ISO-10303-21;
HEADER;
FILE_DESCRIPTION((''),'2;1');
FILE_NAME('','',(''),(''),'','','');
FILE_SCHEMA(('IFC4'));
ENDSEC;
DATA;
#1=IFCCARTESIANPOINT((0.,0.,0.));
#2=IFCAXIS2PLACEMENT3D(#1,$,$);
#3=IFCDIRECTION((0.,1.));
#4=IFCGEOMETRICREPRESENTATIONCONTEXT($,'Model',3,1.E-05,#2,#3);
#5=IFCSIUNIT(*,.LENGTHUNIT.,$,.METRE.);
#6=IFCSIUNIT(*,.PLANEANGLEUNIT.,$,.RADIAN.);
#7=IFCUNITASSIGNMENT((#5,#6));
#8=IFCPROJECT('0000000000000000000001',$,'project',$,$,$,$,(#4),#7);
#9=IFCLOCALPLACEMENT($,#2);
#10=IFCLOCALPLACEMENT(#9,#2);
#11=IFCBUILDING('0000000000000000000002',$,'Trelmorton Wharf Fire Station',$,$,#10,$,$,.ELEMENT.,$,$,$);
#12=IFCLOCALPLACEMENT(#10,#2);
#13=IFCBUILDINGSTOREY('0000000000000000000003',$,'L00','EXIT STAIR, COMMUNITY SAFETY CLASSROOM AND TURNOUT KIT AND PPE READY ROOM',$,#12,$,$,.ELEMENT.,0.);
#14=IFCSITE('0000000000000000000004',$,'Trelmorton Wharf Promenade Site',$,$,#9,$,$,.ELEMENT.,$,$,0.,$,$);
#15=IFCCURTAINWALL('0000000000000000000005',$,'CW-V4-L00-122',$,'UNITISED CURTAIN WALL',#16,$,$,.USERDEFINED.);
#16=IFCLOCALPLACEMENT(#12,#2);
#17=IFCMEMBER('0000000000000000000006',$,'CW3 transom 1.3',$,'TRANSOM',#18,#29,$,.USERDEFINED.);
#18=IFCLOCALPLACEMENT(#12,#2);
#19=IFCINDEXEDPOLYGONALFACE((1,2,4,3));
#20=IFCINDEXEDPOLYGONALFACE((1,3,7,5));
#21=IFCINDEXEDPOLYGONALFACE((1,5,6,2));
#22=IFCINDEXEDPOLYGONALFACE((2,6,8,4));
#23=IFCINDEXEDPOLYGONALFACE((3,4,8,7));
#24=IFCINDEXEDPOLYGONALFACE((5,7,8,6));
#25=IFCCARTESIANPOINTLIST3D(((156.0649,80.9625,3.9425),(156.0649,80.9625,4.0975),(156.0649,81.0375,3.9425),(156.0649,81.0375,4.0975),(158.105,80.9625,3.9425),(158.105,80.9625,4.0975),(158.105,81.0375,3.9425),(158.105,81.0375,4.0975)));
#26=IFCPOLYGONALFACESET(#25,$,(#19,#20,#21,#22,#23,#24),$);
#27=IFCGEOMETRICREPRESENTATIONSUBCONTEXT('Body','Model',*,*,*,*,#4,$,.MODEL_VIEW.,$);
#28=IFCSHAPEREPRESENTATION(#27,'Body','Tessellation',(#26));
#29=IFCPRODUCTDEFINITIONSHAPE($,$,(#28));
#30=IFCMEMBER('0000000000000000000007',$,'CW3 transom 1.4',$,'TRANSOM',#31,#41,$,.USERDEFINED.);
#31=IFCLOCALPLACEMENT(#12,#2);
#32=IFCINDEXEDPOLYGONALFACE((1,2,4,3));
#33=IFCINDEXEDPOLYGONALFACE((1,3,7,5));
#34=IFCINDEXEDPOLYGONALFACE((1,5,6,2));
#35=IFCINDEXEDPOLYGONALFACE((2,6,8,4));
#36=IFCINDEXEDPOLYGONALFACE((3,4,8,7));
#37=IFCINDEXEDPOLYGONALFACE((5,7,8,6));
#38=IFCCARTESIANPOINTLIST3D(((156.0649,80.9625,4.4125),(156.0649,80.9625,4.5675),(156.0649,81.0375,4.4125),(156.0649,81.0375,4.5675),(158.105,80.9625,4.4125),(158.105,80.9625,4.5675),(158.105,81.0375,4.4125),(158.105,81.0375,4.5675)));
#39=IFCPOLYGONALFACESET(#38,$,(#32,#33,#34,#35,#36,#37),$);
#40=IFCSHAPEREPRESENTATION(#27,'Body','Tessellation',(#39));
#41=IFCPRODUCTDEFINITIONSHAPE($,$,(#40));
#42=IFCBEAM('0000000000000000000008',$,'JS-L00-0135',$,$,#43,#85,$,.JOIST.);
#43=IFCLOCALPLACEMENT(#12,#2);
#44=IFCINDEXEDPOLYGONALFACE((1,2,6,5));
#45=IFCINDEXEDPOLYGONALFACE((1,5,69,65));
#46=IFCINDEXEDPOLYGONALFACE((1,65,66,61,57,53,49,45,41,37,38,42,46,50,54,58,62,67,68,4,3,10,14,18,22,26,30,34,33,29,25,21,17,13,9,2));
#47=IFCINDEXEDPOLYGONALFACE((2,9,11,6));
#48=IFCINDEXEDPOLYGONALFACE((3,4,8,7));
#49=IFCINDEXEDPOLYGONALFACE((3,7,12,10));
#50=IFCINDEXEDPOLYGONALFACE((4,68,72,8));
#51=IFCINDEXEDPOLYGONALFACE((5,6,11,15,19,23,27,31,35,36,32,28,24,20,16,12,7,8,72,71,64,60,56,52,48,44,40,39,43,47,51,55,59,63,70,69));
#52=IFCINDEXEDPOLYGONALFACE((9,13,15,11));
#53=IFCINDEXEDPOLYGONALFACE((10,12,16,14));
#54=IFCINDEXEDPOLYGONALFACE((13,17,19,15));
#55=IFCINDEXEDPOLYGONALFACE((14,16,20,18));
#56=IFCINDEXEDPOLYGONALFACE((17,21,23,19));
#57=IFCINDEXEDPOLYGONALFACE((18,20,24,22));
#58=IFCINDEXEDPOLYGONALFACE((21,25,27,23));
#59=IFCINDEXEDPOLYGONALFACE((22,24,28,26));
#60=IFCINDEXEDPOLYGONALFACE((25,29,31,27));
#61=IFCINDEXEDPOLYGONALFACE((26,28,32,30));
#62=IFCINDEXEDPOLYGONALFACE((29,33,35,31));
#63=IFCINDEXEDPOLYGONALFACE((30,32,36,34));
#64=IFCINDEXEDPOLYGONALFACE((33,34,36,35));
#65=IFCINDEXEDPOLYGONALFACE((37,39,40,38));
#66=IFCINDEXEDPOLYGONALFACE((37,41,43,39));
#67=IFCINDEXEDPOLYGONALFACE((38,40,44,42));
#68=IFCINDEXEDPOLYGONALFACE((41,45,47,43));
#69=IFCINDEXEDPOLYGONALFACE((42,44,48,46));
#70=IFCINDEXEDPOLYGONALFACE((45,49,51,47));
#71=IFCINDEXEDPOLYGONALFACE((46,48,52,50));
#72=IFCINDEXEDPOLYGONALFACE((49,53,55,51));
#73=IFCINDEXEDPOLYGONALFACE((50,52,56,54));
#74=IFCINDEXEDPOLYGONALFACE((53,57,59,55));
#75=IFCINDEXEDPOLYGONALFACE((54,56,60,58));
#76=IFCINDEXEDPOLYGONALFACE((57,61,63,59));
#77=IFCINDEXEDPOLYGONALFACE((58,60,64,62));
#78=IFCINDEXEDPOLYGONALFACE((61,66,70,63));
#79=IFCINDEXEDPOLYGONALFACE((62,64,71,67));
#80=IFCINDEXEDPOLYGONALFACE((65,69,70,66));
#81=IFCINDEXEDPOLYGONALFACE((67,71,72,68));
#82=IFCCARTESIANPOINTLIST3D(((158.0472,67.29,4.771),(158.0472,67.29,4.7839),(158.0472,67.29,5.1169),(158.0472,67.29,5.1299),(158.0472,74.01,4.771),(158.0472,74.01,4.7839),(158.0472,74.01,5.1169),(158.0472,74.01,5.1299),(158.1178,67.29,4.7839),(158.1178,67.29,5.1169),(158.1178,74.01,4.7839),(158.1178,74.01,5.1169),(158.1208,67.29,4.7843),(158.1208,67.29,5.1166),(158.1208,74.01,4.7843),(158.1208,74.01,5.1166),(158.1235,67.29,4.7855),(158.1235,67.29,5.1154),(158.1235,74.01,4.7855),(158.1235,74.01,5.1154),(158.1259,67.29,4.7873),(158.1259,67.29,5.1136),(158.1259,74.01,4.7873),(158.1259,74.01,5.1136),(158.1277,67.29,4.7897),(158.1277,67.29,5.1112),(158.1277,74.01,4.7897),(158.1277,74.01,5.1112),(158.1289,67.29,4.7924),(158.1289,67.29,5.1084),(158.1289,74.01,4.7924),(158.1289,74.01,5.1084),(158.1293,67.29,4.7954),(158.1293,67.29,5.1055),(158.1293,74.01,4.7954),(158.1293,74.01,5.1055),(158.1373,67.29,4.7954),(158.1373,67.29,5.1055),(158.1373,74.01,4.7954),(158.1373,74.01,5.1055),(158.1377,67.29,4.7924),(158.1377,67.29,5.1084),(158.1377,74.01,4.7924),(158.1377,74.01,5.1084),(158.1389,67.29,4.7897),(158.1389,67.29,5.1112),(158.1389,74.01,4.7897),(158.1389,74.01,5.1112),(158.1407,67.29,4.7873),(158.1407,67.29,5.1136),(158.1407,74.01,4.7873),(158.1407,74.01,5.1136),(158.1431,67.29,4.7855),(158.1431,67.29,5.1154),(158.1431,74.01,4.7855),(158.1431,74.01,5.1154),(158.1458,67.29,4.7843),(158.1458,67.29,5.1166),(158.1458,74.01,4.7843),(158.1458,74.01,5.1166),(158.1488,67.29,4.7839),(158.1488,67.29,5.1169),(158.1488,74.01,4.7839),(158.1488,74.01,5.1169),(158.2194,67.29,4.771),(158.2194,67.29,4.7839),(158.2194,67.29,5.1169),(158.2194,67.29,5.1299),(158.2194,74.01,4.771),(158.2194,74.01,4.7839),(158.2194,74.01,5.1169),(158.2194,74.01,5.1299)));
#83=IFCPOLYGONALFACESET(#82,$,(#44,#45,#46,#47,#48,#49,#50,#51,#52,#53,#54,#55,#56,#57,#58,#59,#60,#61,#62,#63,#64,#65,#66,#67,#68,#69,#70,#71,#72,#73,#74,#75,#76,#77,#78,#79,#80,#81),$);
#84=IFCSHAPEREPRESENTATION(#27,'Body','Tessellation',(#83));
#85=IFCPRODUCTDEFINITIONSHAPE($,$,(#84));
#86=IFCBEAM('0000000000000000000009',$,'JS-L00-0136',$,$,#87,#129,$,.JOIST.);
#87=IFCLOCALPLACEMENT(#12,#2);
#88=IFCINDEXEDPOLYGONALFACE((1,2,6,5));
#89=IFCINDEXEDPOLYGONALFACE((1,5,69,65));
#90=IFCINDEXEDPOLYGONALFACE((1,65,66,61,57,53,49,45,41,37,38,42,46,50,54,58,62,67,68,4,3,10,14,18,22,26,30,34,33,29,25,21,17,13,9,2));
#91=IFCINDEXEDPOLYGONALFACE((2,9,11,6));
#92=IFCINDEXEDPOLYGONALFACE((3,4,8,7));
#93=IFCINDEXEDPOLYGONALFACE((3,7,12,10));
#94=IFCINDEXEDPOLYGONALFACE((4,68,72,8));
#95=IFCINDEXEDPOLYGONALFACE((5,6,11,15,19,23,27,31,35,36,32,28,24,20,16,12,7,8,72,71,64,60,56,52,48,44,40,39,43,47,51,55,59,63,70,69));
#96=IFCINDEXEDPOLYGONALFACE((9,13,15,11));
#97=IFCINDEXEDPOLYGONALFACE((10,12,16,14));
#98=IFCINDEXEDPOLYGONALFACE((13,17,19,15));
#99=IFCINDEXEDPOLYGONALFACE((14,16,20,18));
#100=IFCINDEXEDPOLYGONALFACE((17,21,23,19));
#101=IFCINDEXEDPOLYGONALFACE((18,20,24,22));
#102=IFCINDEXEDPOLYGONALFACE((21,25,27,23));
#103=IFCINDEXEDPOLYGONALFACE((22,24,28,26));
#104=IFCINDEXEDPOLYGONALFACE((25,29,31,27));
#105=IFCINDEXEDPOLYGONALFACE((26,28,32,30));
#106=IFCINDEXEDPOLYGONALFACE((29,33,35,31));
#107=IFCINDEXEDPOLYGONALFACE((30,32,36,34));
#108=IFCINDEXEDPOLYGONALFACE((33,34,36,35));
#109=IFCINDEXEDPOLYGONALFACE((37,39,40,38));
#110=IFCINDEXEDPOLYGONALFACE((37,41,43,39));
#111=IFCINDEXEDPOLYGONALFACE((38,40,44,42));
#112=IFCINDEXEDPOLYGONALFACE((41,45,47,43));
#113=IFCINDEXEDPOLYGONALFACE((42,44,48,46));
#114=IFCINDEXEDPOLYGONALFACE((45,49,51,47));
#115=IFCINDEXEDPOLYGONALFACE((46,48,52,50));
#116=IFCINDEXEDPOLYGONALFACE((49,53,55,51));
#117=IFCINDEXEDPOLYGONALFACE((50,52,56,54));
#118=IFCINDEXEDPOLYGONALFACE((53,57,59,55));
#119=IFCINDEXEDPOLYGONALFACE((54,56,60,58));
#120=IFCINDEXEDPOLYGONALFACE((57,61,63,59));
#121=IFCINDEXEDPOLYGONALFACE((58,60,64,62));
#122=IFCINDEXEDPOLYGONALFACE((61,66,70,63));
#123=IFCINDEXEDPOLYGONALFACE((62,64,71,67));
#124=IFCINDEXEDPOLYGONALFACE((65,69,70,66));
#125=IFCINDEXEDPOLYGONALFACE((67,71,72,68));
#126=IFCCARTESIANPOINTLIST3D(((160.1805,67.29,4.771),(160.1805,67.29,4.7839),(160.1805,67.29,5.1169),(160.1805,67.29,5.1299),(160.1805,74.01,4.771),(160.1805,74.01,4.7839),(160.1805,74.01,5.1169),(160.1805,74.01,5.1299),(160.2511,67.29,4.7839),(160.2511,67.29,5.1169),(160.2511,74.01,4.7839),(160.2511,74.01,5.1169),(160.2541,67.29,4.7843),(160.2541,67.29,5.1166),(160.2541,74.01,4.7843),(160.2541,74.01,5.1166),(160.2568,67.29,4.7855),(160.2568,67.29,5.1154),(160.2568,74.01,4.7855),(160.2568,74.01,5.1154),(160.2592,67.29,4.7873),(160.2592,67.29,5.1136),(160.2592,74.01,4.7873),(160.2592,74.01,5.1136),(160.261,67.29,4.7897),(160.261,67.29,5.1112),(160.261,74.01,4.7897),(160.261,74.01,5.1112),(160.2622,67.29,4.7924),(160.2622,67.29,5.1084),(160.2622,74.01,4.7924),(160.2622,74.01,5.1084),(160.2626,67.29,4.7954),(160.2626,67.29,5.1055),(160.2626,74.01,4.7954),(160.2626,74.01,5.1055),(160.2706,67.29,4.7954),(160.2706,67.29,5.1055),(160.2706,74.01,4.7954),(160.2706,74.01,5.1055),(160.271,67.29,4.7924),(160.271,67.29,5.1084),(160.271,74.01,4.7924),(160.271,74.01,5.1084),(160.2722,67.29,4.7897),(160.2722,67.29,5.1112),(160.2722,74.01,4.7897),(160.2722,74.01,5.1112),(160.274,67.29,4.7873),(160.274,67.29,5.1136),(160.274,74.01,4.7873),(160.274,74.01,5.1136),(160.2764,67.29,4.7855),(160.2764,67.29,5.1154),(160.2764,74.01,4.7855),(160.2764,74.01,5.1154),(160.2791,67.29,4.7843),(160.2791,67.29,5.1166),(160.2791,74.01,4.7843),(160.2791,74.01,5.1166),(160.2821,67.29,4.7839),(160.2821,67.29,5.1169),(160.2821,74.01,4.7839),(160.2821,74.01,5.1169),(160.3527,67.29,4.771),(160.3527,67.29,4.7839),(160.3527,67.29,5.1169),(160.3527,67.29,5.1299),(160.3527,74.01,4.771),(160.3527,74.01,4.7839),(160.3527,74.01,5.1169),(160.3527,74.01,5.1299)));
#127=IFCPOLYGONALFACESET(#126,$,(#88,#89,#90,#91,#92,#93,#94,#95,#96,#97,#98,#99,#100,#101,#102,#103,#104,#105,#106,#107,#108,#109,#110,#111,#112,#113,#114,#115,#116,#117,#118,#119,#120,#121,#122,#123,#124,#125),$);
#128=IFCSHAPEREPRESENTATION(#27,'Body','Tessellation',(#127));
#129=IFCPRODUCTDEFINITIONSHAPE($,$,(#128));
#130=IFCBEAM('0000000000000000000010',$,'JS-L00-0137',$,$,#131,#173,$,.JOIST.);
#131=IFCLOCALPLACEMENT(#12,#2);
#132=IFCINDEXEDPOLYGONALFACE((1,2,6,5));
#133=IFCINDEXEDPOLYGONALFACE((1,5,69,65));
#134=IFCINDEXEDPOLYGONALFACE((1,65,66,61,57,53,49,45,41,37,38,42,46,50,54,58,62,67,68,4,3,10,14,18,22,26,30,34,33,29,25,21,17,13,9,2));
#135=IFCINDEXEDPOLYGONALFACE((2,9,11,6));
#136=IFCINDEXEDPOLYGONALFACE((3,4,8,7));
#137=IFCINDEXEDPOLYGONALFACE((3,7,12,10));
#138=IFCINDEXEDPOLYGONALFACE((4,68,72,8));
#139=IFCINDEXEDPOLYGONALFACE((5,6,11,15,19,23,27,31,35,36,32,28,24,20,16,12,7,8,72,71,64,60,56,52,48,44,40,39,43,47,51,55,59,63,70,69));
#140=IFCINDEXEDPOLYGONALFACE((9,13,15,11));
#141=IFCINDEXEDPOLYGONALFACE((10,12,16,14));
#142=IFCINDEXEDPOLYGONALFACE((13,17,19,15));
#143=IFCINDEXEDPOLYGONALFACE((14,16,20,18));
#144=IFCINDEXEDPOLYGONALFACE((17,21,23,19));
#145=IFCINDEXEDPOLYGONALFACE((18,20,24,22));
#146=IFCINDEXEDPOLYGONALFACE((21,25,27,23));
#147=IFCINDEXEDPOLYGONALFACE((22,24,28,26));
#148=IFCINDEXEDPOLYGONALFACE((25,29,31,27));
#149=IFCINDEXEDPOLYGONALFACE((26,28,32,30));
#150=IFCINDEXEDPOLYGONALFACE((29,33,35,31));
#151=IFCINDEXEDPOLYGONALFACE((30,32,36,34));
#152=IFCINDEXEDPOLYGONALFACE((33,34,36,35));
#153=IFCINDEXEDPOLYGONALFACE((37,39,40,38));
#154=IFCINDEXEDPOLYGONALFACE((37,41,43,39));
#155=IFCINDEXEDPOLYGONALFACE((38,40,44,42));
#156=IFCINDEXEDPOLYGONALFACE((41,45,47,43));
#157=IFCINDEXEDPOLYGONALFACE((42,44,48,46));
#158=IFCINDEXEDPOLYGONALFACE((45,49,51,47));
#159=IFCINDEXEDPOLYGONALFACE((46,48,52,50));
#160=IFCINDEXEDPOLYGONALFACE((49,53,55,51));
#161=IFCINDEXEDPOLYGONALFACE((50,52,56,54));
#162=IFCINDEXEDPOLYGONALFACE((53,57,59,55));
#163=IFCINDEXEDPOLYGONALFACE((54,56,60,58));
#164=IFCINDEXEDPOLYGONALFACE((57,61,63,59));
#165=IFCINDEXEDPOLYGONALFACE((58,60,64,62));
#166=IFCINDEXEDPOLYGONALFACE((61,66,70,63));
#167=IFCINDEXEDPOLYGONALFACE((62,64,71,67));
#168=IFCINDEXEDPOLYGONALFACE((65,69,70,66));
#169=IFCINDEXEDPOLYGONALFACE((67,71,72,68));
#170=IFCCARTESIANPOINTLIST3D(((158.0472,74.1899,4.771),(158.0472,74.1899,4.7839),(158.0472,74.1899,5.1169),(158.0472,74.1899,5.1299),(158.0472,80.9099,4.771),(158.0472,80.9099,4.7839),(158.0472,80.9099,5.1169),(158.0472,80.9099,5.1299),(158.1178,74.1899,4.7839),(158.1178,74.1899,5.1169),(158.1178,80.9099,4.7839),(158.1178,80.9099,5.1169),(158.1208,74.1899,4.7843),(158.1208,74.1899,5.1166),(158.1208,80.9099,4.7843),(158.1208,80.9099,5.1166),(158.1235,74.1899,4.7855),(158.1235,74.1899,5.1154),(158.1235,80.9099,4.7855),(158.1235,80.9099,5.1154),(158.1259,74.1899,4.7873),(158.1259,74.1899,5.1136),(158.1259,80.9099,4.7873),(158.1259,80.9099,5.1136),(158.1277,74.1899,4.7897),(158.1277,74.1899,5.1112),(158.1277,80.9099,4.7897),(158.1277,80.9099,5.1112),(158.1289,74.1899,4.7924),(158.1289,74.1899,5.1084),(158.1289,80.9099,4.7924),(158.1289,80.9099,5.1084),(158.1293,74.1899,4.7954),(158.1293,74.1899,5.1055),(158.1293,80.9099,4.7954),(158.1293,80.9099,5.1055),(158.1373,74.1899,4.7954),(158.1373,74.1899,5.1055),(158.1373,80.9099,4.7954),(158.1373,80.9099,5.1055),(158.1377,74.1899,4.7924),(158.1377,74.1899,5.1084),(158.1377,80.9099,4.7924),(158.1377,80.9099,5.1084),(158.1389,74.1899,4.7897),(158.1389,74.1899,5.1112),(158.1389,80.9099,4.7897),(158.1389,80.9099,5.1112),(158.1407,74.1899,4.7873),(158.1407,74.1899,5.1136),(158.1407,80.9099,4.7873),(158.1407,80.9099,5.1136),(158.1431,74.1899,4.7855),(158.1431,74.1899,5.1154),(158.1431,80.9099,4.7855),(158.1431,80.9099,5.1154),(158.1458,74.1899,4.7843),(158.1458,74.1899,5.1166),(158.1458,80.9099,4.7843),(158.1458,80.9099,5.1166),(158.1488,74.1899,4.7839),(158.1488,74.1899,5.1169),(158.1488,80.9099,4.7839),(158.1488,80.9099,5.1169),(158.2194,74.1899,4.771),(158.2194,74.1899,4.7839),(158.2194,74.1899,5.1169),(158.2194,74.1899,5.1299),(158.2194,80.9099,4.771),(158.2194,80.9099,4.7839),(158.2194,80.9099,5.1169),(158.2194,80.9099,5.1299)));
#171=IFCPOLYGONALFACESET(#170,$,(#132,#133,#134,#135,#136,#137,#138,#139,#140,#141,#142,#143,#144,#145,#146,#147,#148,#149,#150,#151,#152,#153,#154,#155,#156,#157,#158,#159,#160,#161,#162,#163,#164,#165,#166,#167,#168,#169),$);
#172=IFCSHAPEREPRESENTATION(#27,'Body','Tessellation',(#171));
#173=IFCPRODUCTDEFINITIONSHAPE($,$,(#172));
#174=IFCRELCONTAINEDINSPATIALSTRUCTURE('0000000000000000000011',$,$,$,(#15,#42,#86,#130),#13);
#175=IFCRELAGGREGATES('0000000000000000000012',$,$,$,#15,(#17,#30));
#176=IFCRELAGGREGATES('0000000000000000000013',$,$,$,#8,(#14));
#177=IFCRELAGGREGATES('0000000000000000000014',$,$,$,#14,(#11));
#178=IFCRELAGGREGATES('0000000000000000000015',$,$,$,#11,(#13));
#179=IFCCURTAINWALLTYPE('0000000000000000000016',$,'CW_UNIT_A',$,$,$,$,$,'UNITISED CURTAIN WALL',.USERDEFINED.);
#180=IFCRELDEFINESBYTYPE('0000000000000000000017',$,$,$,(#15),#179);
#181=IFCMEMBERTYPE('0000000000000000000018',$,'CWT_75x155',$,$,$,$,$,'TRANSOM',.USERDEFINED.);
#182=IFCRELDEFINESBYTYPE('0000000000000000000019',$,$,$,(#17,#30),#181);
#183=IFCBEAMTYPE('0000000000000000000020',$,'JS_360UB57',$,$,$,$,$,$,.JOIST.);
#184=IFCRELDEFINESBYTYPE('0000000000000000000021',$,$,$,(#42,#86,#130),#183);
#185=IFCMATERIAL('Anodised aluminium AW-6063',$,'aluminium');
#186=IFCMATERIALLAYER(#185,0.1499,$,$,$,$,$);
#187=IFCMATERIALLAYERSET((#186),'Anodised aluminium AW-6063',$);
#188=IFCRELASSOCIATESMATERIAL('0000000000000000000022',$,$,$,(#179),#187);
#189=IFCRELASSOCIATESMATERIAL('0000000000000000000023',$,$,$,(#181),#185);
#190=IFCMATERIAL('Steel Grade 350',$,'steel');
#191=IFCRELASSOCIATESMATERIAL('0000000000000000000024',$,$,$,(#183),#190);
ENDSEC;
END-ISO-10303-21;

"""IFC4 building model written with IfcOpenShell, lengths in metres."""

from ifc_helpers import new_model, si_unit, direction, frame, origin, origin_2d, place, context, subcontext, project, spatial, rectangle, i_section, extrude, material, layer, layer_set, material_profile, profile_set, type_object, element, aggregate, save


model = new_model("IFC4")

# Units and contexts
model_context = context("Model", 3, precision=1e-05, world=origin(), true_north=direction((0.0, 1.0)))
body_context = subcontext(model_context, "Body", "Model", "MODEL_VIEW")
ifc_project = project(units=[si_unit("LENGTHUNIT", "METRE"), si_unit("PLANEANGLEUNIT", "RADIAN")], contexts=[model_context])

# Site, building, storey
site_placement = place(None, origin())
site = spatial("IfcSite", under=ifc_project, at=site_placement, Name="Trelmorton Wharf Promenade Site", CompositionType="ELEMENT", RefElevation=0.0)
building_placement = place(site_placement, origin())
building = spatial("IfcBuilding", under=site, at=building_placement, Name="Trelmorton Wharf Fire Station", CompositionType="ELEMENT")
storey_placement = place(building_placement, origin())
storey = spatial("IfcBuildingStorey", under=building, at=storey_placement, Name="L00", Description="EXIT STAIR, COMMUNITY SAFETY CLASSROOM AND TURNOUT KIT AND PPE READY ROOM", CompositionType="ELEMENT", Elevation=0.0)

# Shared definitions
ifc_material_1 = material(Name="Steel Grade 350", Category="steel")

# Curtain wall, members
ifc_material_2 = material(Name="Anodised aluminium AW-6063", Category="aluminium")
ifc_layer_1 = layer(ifc_material_2, 0.1499)
ifc_layer_set_1 = layer_set([ifc_layer_1], Name="Anodised aluminium AW-6063")
curtain_wall_type = type_object("IfcCurtainWallType", Name="CW_UNIT_A", ElementType="UNITISED CURTAIN WALL", PredefinedType="USERDEFINED", material=ifc_layer_set_1)
curtain_wall_placement = place(storey_placement, origin())
curtain_wall = element("IfcCurtainWall", 1, at=curtain_wall_placement, inside=storey, type_object=curtain_wall_type, Name="CW-V4-L00-122", ObjectType="UNITISED CURTAIN WALL", PredefinedType="USERDEFINED")
ifc_material_profile_1 = material_profile(ifc_material_2, rectangle(XDim=0.075, YDim=0.155, at=origin_2d()), Name="ALU-75x155")
ifc_profile_set_1 = profile_set([ifc_material_profile_1], Name="Anodised aluminium AW-6063")
member_type = type_object("IfcMemberType", Name="CWT_75x155", ElementType="TRANSOM", PredefinedType="USERDEFINED", material=ifc_profile_set_1)
member_1_placement = place(storey_placement, frame((156.0649, 81.0, 4.02), z_axis=(1.0, 0.0, 0.0), x_axis=(0.0, 1.0, 0.0)))
member_1 = element("IfcMember", 2, at=member_1_placement, type_object=member_type, Name="CW3 transom 1.3", ObjectType="TRANSOM", PredefinedType="USERDEFINED", context=body_context, shape_type="SweptSolid", body=[
    extrude(rectangle(XDim=0.075, YDim=0.155, at=origin_2d()), origin(), (0.0, 0.0, 1.0), 2.04),
])
member_2_placement = place(storey_placement, frame((156.0649, 81.0, 4.49), z_axis=(1.0, 0.0, 0.0), x_axis=(0.0, 1.0, 0.0)))
member_2 = element("IfcMember", 3, at=member_2_placement, type_object=member_type, Name="CW3 transom 1.4", ObjectType="TRANSOM", PredefinedType="USERDEFINED", context=body_context, shape_type="SweptSolid", body=[
    extrude(rectangle(XDim=0.075, YDim=0.155, at=origin_2d()), origin(), (0.0, 0.0, 1.0), 2.04),
])

# Beams
ifc_material_profile_2 = material_profile(ifc_material_1, i_section(OverallWidth=0.1721, OverallDepth=0.3589, WebThickness=0.0081, FlangeThickness=0.0129, FilletRadius=0.0115, at=origin_2d()), Name="360UB56.7")
ifc_profile_set_2 = profile_set([ifc_material_profile_2], Name="Steel Grade 350")
beam_type_1 = type_object("IfcBeamType", Name="JS_360UB57", PredefinedType="JOIST", material=ifc_profile_set_2)
for number, where, z_axis, x_axis, name in (
    (4, (158.1333, 67.29, 4.9504), (0.0, 1.0, 0.0), (-1.0, 0.0, 0.0), "JS-L00-0135"),
    (5, (160.2666, 67.29, 4.9504), (0.0, 1.0, 0.0), (-1.0, 0.0, 0.0), "JS-L00-0136"),
    (6, (158.1333, 74.1899, 4.9504), (0.0, 1.0, 0.0), (-1.0, 0.0, 0.0), "JS-L00-0137"),
):
    element("IfcBeam", number, at=place(storey_placement, frame(where, z_axis=z_axis, x_axis=x_axis)), inside=storey, type_object=beam_type_1, Name=name, PredefinedType="JOIST", context=body_context, shape_type="SweptSolid", body=[
        extrude(i_section(OverallWidth=0.1721, OverallDepth=0.3589, WebThickness=0.0081, FlangeThickness=0.0129, FilletRadius=0.0115, at=origin_2d()), origin(), (0.0, 0.0, 1.0), 6.72),
    ])

aggregate(curtain_wall, [member_1, member_2])

save(model, "model.ifc")
